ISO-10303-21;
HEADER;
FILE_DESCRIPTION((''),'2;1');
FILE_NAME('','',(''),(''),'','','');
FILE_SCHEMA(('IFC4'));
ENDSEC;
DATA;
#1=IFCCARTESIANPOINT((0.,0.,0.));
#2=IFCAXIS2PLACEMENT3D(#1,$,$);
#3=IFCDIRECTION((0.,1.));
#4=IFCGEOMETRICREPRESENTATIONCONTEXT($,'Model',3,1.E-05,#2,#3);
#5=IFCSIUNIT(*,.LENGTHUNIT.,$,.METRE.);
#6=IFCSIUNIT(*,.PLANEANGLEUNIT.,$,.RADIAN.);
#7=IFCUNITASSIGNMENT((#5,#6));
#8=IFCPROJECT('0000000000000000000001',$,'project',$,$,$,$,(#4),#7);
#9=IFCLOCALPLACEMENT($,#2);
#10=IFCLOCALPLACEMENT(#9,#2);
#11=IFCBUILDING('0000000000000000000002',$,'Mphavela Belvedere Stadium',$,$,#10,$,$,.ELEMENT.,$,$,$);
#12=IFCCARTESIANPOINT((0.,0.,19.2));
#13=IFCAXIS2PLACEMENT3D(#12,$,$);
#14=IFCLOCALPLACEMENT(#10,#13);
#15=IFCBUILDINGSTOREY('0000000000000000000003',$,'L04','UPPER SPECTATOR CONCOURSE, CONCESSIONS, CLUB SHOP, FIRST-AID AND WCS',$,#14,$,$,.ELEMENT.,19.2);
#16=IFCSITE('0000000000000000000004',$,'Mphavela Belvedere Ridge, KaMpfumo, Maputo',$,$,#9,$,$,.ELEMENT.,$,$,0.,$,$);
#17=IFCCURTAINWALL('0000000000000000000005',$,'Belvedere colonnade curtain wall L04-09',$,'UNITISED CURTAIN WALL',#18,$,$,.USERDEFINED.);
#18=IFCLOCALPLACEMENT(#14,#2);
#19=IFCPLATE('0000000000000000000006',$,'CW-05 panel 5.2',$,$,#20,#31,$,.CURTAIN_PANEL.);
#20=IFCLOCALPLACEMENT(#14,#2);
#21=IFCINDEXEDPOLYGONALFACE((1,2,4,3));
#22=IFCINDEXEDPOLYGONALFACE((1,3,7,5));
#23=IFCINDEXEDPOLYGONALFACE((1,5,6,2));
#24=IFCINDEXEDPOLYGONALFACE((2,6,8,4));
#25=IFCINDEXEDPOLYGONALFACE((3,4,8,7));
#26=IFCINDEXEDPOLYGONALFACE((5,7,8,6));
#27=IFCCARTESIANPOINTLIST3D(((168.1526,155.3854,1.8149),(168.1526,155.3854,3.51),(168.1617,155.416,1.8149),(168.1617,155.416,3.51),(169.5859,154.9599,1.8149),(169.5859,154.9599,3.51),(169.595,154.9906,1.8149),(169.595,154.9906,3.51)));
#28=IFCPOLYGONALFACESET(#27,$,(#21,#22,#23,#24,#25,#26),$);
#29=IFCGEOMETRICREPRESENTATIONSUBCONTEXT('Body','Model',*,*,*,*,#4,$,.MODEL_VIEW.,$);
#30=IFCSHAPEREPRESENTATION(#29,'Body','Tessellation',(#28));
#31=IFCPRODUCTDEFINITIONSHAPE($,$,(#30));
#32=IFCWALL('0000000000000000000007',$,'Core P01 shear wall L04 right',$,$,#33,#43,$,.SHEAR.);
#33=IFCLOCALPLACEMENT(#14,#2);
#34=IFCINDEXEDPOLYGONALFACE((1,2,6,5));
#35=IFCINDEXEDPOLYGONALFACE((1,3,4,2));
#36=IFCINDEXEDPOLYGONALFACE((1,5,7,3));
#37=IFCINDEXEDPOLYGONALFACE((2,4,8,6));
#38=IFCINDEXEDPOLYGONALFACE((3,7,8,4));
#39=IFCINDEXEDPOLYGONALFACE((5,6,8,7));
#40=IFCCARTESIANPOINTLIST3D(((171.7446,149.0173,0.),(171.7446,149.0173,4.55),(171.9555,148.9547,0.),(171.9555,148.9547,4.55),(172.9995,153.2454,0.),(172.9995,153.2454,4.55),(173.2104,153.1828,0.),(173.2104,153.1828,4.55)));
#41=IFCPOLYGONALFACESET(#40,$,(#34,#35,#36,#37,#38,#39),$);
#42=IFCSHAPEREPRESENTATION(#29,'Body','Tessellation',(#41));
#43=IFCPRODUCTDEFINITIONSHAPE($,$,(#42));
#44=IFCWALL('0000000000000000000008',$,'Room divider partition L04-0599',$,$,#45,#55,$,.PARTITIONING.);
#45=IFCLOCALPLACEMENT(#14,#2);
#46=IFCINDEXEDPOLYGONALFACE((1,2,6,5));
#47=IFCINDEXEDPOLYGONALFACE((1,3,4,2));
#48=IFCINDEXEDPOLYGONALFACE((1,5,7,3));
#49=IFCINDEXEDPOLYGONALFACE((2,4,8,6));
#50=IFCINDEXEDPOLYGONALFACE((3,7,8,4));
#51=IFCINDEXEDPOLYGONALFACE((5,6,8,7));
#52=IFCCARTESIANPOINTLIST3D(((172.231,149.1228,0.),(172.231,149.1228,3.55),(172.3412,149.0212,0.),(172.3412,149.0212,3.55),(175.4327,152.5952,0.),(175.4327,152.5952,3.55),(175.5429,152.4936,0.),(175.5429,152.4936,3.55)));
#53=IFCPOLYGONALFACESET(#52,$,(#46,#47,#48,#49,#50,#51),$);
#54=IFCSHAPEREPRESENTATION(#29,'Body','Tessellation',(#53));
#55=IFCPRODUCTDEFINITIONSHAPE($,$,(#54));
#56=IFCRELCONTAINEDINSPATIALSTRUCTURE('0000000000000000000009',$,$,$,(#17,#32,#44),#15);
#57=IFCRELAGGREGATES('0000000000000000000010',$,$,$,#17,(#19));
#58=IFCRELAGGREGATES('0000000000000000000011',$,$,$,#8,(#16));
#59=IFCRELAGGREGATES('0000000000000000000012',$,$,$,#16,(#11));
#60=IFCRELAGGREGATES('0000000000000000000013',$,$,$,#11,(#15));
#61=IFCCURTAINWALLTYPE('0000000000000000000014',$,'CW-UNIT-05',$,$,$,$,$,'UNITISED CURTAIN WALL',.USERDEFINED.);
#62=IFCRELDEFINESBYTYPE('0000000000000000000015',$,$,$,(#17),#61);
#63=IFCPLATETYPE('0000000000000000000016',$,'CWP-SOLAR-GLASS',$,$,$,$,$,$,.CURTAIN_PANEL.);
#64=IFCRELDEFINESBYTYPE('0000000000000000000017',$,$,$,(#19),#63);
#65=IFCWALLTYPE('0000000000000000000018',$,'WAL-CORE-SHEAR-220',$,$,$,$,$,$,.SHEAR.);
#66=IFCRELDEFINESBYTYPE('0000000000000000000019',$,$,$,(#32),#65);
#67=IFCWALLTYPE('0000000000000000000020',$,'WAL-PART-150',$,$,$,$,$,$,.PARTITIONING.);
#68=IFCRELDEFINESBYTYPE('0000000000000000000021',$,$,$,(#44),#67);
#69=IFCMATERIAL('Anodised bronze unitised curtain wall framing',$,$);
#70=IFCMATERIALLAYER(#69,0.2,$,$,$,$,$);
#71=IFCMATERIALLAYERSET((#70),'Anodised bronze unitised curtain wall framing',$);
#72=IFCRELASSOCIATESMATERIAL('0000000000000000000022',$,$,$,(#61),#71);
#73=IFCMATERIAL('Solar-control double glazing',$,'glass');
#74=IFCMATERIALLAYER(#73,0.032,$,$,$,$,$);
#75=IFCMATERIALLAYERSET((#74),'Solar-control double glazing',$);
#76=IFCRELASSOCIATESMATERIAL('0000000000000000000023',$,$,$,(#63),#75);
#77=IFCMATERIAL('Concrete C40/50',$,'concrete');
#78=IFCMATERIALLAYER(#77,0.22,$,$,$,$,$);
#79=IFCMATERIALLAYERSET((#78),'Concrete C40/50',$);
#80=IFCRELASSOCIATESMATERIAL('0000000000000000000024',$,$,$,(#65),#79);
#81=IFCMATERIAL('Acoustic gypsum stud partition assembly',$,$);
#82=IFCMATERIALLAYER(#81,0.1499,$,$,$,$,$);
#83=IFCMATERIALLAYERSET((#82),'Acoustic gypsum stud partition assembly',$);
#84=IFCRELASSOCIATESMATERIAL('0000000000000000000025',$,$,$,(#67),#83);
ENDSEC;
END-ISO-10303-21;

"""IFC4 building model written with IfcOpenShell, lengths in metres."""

from ifc_helpers import new_model, si_unit, direction, frame, frame_2d, origin, origin_2d, place, context, subcontext, project, spatial, rectangle, extrude, material, layer, layer_set, type_object, element, aggregate, save


model = new_model("IFC4")

# Units and contexts
model_context = context("Model", 3, precision=1e-05, world=origin(), true_north=direction((0.0, 1.0)))
body_context = subcontext(model_context, "Body", "Model", "MODEL_VIEW")
ifc_project = project(units=[si_unit("LENGTHUNIT", "METRE"), si_unit("PLANEANGLEUNIT", "RADIAN")], contexts=[model_context])

# Site, building, storey
site_placement = place(None, origin())
site = spatial("IfcSite", under=ifc_project, at=site_placement, Name="Mphavela Belvedere Ridge, KaMpfumo, Maputo", CompositionType="ELEMENT", RefElevation=0.0)
building_placement = place(site_placement, origin())
building = spatial("IfcBuilding", under=site, at=building_placement, Name="Mphavela Belvedere Stadium", CompositionType="ELEMENT")
storey_placement = place(building_placement, frame((0.0, 0.0, 19.2)))
storey = spatial("IfcBuildingStorey", under=building, at=storey_placement, Name="L04", Description="UPPER SPECTATOR CONCOURSE, CONCESSIONS, CLUB SHOP, FIRST-AID AND WCS", CompositionType="ELEMENT", Elevation=19.2)

# Curtain wall, plate
ifc_material_1 = material(Name="Anodised bronze unitised curtain wall framing")
ifc_layer_1 = layer(ifc_material_1, 0.2)
ifc_layer_set_1 = layer_set([ifc_layer_1], Name="Anodised bronze unitised curtain wall framing")
curtain_wall_type = type_object("IfcCurtainWallType", Name="CW-UNIT-05", ElementType="UNITISED CURTAIN WALL", PredefinedType="USERDEFINED", material=ifc_layer_set_1)
curtain_wall_placement = place(storey_placement, origin())
curtain_wall = element("IfcCurtainWall", 1, at=curtain_wall_placement, inside=storey, type_object=curtain_wall_type, Name="Belvedere colonnade curtain wall L04-09", ObjectType="UNITISED CURTAIN WALL", PredefinedType="USERDEFINED")
ifc_material_2 = material(Name="Solar-control double glazing", Category="glass")
ifc_layer_2 = layer(ifc_material_2, 0.032)
ifc_layer_set_2 = layer_set([ifc_layer_2], Name="Solar-control double glazing")
plate_type = type_object("IfcPlateType", Name="CWP-SOLAR-GLASS", PredefinedType="CURTAIN_PANEL", material=ifc_layer_set_2)
plate_1_placement = place(storey_placement, frame((168.8738, 155.188, 1.8149), z_axis=(0.0, 0.0, 1.0), x_axis=(-0.958658, 0.284561, 0.0)))
plate_1 = element("IfcPlate", 2, at=plate_1_placement, type_object=plate_type, Name="CW-05 panel 5.2", PredefinedType="CURTAIN_PANEL", context=body_context, shape_type="SweptSolid", body=[
    extrude(rectangle(XDim=1.4951, YDim=0.032, at=origin_2d()), origin(), (0.0, 0.0, 1.0), 1.6951),
])
aggregate(curtain_wall, [plate_1])

# Walls
ifc_material_3 = material(Name="Concrete C40/50", Category="concrete")
ifc_layer_3 = layer(ifc_material_3, 0.22)
ifc_layer_set_3 = layer_set([ifc_layer_3], Name="Concrete C40/50")
wall_type_1 = type_object("IfcWallType", Name="WAL-CORE-SHEAR-220", PredefinedType="SHEAR", material=ifc_layer_set_3)
wall_1_placement = place(storey_placement, frame((171.8501, 148.9861, 0.0), z_axis=(0.0, 0.0, 1.0), x_axis=(0.284533, 0.958666, 0.0)))
element("IfcWall", 3, at=wall_1_placement, inside=storey, type_object=wall_type_1, Name="Core P01 shear wall L04 right", PredefinedType="SHEAR", context=body_context, shape_type="SweptSolid", body=[
    extrude(rectangle(XDim=4.4104, YDim=0.22, at=frame_2d((2.2051, 0.0))), origin(), (0.0, 0.0, 1.0), 4.55),
])
ifc_material_4 = material(Name="Acoustic gypsum stud partition assembly")
ifc_layer_4 = layer(ifc_material_4, 0.1499)
ifc_layer_set_4 = layer_set([ifc_layer_4], Name="Acoustic gypsum stud partition assembly")
wall_type_2 = type_object("IfcWallType", Name="WAL-PART-150", PredefinedType="PARTITIONING", material=ifc_layer_set_4)
wall_2_placement = place(storey_placement, frame((172.2861, 149.072, 0.0), z_axis=(0.0, 0.0, 1.0), x_axis=(0.677864, 0.735188, 0.0)))
element("IfcWall", 4, at=wall_2_placement, inside=storey, type_object=wall_type_2, Name="Room divider partition L04-0599", PredefinedType="PARTITIONING", context=body_context, shape_type="SweptSolid", body=[
    extrude(rectangle(XDim=4.7231, YDim=0.1499, at=frame_2d((2.3616, 0.0))), origin(), (0.0, 0.0, 1.0), 3.55),
])

save(model, "model.ifc")
